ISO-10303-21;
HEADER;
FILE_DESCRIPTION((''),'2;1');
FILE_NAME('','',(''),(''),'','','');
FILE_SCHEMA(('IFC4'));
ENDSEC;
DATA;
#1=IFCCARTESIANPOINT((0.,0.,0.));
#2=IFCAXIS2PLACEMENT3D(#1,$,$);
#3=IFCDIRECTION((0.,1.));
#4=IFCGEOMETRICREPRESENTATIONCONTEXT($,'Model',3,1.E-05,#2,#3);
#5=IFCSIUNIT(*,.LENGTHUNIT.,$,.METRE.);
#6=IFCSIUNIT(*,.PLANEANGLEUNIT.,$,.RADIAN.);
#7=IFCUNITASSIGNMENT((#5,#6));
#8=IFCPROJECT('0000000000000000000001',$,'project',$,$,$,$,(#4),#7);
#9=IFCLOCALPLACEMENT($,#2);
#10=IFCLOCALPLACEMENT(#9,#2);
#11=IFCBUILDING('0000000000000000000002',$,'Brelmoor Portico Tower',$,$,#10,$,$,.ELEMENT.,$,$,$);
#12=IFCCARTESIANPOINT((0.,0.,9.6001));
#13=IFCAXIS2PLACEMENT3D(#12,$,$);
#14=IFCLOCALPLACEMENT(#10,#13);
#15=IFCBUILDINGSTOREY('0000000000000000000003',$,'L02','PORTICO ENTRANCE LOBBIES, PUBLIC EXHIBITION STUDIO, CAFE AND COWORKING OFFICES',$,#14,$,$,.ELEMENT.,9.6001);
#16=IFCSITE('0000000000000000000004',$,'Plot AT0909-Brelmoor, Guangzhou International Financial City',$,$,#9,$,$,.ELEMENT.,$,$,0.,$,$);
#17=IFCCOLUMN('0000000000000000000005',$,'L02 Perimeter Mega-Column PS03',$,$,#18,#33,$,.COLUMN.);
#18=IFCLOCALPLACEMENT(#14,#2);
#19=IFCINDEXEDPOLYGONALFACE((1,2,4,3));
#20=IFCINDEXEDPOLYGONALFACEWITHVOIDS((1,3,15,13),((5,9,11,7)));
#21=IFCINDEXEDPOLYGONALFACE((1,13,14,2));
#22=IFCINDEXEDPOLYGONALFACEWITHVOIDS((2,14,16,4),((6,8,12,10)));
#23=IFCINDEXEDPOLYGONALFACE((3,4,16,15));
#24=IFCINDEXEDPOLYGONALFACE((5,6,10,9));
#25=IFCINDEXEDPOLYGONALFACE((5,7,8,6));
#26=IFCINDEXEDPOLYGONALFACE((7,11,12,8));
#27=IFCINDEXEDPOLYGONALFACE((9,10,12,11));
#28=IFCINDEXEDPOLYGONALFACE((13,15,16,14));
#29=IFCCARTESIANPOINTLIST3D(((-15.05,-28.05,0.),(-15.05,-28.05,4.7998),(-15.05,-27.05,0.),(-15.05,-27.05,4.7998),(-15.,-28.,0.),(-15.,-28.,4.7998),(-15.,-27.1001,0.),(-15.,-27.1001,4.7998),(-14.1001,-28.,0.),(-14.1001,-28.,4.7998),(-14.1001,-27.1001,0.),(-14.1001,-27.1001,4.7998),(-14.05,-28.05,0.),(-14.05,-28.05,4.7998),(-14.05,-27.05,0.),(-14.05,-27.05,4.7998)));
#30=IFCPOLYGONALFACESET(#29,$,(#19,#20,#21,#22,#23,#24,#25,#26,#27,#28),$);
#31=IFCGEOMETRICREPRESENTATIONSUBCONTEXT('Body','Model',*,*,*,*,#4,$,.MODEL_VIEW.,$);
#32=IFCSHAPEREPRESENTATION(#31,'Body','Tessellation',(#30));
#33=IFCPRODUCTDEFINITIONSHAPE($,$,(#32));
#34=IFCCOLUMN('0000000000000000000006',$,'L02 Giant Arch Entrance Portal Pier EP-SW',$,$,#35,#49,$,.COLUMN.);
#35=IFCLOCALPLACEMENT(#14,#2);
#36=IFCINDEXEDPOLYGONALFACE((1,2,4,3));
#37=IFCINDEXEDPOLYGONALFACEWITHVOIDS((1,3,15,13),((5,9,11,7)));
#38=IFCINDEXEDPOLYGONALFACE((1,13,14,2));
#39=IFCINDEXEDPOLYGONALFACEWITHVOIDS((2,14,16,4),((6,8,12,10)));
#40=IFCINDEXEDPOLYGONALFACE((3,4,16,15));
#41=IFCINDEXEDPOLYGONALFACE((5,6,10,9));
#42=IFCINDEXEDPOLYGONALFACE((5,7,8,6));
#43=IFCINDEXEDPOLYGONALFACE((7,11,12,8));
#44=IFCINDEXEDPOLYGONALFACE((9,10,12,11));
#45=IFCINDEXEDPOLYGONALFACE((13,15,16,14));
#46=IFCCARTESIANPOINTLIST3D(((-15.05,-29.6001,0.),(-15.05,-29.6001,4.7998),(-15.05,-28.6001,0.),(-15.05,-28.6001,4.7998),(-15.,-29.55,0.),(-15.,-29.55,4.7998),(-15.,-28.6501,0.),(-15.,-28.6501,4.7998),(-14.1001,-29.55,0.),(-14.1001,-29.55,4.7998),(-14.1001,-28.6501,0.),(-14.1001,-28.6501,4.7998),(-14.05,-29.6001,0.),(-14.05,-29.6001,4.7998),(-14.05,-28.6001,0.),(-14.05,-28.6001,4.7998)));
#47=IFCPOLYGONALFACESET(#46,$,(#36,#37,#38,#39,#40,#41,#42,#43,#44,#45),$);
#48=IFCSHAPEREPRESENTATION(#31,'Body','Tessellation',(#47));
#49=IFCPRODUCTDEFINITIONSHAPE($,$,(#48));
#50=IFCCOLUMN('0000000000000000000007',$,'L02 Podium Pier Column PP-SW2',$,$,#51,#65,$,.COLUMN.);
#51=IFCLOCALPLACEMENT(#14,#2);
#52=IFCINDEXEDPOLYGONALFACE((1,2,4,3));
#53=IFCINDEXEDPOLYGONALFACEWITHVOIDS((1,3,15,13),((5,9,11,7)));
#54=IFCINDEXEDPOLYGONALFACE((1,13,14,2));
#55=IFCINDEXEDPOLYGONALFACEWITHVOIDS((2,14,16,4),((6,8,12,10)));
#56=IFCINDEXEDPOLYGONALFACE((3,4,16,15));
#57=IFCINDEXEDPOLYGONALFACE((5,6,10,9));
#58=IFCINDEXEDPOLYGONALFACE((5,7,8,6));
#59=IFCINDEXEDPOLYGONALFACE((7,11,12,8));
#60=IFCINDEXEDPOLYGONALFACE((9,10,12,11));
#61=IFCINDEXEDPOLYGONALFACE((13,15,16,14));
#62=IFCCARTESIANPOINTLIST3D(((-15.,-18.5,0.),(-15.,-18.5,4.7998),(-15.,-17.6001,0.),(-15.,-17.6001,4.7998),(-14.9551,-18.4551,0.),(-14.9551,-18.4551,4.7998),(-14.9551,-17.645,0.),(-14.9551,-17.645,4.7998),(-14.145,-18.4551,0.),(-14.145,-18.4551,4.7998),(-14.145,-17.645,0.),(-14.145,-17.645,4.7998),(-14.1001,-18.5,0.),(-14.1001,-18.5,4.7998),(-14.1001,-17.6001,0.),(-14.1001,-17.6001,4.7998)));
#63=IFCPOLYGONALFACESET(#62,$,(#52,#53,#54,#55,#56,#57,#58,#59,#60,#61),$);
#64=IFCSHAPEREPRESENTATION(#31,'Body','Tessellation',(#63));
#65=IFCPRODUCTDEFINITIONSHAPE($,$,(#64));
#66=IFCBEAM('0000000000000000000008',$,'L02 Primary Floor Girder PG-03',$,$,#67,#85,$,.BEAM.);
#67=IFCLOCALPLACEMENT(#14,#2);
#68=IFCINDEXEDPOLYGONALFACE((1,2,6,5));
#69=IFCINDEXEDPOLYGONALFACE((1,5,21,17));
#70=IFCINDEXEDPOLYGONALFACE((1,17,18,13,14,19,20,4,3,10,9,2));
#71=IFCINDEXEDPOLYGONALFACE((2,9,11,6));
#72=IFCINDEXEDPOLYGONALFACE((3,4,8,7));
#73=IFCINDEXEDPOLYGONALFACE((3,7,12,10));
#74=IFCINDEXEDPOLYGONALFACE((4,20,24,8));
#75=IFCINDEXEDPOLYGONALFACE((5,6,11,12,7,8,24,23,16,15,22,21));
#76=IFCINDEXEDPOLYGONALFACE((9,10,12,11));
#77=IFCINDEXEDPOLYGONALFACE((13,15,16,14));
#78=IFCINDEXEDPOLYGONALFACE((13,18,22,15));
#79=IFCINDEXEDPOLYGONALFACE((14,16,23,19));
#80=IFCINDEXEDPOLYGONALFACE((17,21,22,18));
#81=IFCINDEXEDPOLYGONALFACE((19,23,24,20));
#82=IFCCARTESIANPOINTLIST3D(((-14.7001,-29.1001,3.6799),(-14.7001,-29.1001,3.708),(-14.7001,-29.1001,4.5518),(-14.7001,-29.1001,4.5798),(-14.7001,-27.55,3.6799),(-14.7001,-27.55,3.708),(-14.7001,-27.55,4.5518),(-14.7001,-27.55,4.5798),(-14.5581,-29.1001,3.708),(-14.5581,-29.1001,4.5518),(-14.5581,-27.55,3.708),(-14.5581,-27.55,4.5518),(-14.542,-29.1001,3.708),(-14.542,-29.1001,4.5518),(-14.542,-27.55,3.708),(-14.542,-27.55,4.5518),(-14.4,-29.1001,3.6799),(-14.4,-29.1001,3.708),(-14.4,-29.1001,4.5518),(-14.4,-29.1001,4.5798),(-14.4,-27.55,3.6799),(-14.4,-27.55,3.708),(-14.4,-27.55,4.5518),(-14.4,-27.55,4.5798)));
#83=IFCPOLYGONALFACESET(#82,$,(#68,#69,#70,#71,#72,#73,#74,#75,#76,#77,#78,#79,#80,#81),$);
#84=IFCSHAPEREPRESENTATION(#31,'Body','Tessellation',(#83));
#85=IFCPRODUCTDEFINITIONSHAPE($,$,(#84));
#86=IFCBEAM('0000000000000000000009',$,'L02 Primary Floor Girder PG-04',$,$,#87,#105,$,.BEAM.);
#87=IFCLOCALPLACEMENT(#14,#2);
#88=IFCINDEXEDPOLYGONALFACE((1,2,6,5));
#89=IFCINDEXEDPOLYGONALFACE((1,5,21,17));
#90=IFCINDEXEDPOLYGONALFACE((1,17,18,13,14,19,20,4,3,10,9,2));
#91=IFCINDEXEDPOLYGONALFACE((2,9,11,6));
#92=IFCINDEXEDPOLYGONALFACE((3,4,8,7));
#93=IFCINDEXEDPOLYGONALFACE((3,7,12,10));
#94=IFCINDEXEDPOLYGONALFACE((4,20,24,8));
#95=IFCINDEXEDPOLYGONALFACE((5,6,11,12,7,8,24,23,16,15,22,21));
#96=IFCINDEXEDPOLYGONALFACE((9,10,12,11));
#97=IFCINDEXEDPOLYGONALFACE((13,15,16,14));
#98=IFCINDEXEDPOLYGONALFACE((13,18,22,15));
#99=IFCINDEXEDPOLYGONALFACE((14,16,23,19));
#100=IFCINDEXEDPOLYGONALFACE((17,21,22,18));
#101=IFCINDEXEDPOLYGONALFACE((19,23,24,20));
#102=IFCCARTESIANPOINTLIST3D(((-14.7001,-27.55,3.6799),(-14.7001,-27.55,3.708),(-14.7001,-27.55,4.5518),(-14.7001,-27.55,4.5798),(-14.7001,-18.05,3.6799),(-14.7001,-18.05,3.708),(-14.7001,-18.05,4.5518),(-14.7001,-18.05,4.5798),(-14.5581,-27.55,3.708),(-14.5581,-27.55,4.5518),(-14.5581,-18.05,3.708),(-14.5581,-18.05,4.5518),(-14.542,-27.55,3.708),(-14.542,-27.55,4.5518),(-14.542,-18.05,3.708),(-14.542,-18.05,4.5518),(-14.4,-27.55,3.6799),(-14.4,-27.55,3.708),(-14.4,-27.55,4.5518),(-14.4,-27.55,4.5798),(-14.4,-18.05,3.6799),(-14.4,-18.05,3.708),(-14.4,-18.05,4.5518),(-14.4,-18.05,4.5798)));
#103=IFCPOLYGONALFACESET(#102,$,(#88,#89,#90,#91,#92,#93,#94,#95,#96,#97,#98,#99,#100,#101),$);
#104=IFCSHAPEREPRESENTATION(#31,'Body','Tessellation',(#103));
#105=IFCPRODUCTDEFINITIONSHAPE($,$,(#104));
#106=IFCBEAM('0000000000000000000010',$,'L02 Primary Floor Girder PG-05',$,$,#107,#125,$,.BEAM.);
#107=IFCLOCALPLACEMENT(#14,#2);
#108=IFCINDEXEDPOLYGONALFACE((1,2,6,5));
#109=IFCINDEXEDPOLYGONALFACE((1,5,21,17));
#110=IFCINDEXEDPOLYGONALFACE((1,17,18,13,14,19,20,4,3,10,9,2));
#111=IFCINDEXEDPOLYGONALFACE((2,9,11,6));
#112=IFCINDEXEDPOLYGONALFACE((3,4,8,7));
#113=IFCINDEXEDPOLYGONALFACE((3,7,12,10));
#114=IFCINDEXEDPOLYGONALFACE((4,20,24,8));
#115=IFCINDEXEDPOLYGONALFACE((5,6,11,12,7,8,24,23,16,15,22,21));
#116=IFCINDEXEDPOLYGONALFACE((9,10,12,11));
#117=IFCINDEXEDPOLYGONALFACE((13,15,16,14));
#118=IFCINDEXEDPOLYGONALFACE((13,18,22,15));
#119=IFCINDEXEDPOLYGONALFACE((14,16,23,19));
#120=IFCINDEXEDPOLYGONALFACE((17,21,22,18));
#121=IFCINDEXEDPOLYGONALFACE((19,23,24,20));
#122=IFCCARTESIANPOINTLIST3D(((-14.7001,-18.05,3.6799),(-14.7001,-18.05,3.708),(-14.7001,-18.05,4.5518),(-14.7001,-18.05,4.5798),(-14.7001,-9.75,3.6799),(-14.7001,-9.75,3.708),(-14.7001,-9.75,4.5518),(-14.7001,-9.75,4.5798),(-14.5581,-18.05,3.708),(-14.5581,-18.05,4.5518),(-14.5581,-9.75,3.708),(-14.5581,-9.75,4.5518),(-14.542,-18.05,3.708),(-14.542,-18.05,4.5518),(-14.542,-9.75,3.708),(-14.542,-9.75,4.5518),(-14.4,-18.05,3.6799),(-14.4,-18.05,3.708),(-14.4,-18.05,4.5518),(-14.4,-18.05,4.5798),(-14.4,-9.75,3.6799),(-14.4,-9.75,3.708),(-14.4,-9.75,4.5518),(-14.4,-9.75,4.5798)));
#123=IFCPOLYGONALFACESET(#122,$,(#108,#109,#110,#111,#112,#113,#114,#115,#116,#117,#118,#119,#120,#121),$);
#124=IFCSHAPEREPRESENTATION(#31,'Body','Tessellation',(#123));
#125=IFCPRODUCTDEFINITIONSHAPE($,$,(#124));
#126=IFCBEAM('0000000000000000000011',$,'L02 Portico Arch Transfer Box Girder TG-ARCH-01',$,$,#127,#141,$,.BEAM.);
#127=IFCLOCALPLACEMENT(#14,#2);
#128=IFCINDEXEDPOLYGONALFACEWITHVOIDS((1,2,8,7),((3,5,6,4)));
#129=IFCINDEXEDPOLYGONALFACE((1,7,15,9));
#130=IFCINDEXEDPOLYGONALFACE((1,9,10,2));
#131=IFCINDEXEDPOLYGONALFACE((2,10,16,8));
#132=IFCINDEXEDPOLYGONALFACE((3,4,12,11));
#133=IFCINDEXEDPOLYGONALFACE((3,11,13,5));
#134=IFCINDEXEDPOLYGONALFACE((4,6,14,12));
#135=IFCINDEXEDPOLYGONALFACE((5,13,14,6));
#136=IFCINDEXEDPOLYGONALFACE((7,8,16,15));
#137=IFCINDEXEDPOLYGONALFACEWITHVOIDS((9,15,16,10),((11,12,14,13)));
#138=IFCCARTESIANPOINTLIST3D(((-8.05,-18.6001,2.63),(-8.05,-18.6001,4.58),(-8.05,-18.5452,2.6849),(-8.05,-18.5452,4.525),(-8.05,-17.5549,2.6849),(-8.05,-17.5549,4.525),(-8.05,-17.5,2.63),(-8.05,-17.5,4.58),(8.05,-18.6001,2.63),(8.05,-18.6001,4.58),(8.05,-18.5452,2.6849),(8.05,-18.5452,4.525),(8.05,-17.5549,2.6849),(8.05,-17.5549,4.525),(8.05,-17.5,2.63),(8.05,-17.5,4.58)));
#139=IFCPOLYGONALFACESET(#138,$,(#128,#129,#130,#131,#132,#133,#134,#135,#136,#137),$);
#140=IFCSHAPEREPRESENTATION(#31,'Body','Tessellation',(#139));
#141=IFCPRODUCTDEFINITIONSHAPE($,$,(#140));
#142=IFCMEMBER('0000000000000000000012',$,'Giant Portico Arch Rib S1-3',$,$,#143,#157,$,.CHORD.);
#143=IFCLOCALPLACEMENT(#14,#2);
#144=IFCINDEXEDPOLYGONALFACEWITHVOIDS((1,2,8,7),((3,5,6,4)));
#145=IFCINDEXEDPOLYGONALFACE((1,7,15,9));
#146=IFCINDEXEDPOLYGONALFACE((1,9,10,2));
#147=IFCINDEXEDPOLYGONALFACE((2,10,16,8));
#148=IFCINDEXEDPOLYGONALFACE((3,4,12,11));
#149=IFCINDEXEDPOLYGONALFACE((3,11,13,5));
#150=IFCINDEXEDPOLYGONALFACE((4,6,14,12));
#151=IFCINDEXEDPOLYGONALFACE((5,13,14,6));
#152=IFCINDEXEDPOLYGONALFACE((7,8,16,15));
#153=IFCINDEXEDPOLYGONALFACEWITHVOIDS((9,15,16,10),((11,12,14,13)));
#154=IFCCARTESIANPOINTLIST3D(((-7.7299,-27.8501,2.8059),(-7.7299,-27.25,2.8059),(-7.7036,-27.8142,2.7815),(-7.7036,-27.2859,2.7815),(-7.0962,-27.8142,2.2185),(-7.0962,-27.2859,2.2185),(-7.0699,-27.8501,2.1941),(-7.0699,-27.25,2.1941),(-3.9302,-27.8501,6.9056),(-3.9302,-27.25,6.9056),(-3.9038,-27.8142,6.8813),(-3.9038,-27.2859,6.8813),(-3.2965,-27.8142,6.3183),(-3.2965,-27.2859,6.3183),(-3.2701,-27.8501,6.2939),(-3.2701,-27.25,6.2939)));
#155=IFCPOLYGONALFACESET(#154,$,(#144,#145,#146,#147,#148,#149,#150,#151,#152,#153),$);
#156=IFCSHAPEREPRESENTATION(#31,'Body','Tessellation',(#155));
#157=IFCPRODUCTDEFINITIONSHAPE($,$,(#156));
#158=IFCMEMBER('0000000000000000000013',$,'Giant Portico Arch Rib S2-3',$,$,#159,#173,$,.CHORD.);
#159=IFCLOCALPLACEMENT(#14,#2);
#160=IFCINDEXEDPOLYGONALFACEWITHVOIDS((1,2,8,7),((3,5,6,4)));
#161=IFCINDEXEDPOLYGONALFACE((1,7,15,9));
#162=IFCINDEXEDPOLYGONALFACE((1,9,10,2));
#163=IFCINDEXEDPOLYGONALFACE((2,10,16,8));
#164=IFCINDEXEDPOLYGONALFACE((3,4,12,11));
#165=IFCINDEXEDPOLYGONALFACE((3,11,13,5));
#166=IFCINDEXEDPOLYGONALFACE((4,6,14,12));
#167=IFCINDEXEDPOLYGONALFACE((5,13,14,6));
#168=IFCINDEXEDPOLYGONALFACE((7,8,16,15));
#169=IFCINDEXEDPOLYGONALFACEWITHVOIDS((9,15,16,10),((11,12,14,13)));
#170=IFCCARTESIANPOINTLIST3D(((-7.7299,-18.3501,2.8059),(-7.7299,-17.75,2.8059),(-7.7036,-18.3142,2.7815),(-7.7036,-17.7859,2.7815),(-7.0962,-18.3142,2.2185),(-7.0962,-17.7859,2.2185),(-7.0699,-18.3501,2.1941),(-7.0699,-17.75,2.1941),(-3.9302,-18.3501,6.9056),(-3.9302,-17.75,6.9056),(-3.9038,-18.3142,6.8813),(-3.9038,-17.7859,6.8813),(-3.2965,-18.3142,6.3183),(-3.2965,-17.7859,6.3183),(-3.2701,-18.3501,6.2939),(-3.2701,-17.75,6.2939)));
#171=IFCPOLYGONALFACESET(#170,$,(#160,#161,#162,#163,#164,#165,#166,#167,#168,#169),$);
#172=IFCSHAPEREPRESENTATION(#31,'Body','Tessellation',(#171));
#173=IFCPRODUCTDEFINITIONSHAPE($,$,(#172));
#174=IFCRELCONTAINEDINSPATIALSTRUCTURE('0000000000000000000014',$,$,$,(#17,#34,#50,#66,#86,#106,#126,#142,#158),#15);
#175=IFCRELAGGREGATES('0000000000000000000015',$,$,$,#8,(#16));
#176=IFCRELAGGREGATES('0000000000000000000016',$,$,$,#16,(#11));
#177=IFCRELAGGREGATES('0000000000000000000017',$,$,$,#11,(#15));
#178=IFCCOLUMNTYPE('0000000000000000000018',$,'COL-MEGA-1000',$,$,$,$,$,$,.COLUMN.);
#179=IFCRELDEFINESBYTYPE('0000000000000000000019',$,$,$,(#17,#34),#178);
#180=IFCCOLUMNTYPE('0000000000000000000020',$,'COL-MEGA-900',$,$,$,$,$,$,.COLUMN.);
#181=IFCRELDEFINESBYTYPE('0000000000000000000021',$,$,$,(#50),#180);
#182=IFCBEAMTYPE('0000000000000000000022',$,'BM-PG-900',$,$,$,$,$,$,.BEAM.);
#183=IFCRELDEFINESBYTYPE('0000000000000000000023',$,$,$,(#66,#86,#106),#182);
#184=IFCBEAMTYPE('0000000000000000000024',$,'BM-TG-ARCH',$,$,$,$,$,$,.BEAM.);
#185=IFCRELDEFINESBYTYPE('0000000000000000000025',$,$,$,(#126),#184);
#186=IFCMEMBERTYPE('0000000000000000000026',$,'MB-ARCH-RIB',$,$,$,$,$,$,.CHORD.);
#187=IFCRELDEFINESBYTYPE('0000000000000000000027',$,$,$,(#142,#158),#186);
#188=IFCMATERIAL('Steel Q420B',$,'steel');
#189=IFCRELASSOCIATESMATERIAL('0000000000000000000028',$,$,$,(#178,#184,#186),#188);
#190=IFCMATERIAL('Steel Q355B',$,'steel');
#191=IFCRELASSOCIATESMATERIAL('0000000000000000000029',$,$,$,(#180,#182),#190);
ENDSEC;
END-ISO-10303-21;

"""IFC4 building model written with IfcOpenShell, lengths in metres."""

from ifc_helpers import new_model, si_unit, direction, frame, origin, origin_2d, place, context, subcontext, project, spatial, hollow_rectangle, i_section, extrude, material, material_profile, profile_set, type_object, element, save


model = new_model("IFC4")

# Units and contexts
model_context = context("Model", 3, precision=1e-05, world=origin(), true_north=direction((0.0, 1.0)))
body_context = subcontext(model_context, "Body", "Model", "MODEL_VIEW")
ifc_project = project(units=[si_unit("LENGTHUNIT", "METRE"), si_unit("PLANEANGLEUNIT", "RADIAN")], contexts=[model_context])

# Site, building, storey
site_placement = place(None, origin())
site = spatial("IfcSite", under=ifc_project, at=site_placement, Name="Plot AT0909-Brelmoor, Guangzhou International Financial City", CompositionType="ELEMENT", RefElevation=0.0)
building_placement = place(site_placement, origin())
building = spatial("IfcBuilding", under=site, at=building_placement, Name="Brelmoor Portico Tower", CompositionType="ELEMENT")
storey_placement = place(building_placement, frame((0.0, 0.0, 9.6001)))
storey = spatial("IfcBuildingStorey", under=building, at=storey_placement, Name="L02", Description="PORTICO ENTRANCE LOBBIES, PUBLIC EXHIBITION STUDIO, CAFE AND COWORKING OFFICES", CompositionType="ELEMENT", Elevation=9.6001)

# Columns
ifc_material_1 = material(Name="Steel Q420B", Category="steel")
ifc_material_profile_1 = material_profile(ifc_material_1, hollow_rectangle(XDim=1.0, YDim=1.0, WallThickness=0.05, at=origin_2d()), Name="BOX 1000x1000x50")
ifc_profile_set_1 = profile_set([ifc_material_profile_1], Name="Steel Q420B")
column_type_1 = type_object("IfcColumnType", Name="COL-MEGA-1000", PredefinedType="COLUMN", material=ifc_profile_set_1)
for number, where, z_axis, x_axis, name in (
    (1, (-14.55, -27.55, 0.0), (0.0, 0.0, 1.0), (1.0, 0.0, 0.0), "L02 Perimeter Mega-Column PS03"),
    (2, (-14.55, -29.1001, 0.0), (0.0, 0.0, 1.0), (1.0, 0.0, 0.0), "L02 Giant Arch Entrance Portal Pier EP-SW"),
):
    element("IfcColumn", number, at=place(storey_placement, frame(where, z_axis=z_axis, x_axis=x_axis)), inside=storey, type_object=column_type_1, Name=name, PredefinedType="COLUMN", context=body_context, shape_type="SweptSolid", body=[
        extrude(hollow_rectangle(XDim=1.0, YDim=1.0, WallThickness=0.05, at=origin_2d()), origin(), (0.0, 0.0, 1.0), 4.7998),
    ])
ifc_material_2 = material(Name="Steel Q355B", Category="steel")
ifc_material_profile_2 = material_profile(ifc_material_2, hollow_rectangle(XDim=0.8999, YDim=0.8999, WallThickness=0.0449, at=origin_2d()), Name="BOX 900x900x45")
ifc_profile_set_2 = profile_set([ifc_material_profile_2], Name="Steel Q355B")
column_type_2 = type_object("IfcColumnType", Name="COL-MEGA-900", PredefinedType="COLUMN", material=ifc_profile_set_2)
column_placement = place(storey_placement, frame((-14.55, -18.05, 0.0), z_axis=(0.0, 0.0, 1.0), x_axis=(1.0, 0.0, 0.0)))
element("IfcColumn", 3, at=column_placement, inside=storey, type_object=column_type_2, Name="L02 Podium Pier Column PP-SW2", PredefinedType="COLUMN", context=body_context, shape_type="SweptSolid", body=[
    extrude(hollow_rectangle(XDim=0.8999, YDim=0.8999, WallThickness=0.0449, at=origin_2d()), origin(), (0.0, 0.0, 1.0), 4.7998),
])

# Beams
ifc_material_profile_3 = material_profile(ifc_material_2, i_section(OverallWidth=0.3, OverallDepth=0.8999, WebThickness=0.0161, FlangeThickness=0.0281, at=origin_2d()), Name="HN 900x300x16x28")
ifc_profile_set_3 = profile_set([ifc_material_profile_3], Name="Steel Q355B")
beam_type_1 = type_object("IfcBeamType", Name="BM-PG-900", PredefinedType="BEAM", material=ifc_profile_set_3)
beam_1_placement = place(storey_placement, frame((-14.55, -29.1001, 4.1299), z_axis=(0.0, 1.0, 0.0), x_axis=(-1.0, 0.0, 0.0)))
element("IfcBeam", 4, at=beam_1_placement, inside=storey, type_object=beam_type_1, Name="L02 Primary Floor Girder PG-03", PredefinedType="BEAM", context=body_context, shape_type="SweptSolid", body=[
    extrude(i_section(OverallWidth=0.3, OverallDepth=0.8999, WebThickness=0.0161, FlangeThickness=0.0281, at=origin_2d()), origin(), (0.0, 0.0, 1.0), 1.55),
])
beam_2_placement = place(storey_placement, frame((-14.55, -27.55, 4.1299), z_axis=(0.0, 1.0, 0.0), x_axis=(-1.0, 0.0, 0.0)))
element("IfcBeam", 5, at=beam_2_placement, inside=storey, type_object=beam_type_1, Name="L02 Primary Floor Girder PG-04", PredefinedType="BEAM", context=body_context, shape_type="SweptSolid", body=[
    extrude(i_section(OverallWidth=0.3, OverallDepth=0.8999, WebThickness=0.0161, FlangeThickness=0.0281, at=origin_2d()), origin(), (0.0, 0.0, 1.0), 9.5),
])
beam_3_placement = place(storey_placement, frame((-14.55, -18.05, 4.1299), z_axis=(0.0, 1.0, 0.0), x_axis=(-1.0, 0.0, 0.0)))
element("IfcBeam", 6, at=beam_3_placement, inside=storey, type_object=beam_type_1, Name="L02 Primary Floor Girder PG-05", PredefinedType="BEAM", context=body_context, shape_type="SweptSolid", body=[
    extrude(i_section(OverallWidth=0.3, OverallDepth=0.8999, WebThickness=0.0161, FlangeThickness=0.0281, at=origin_2d()), origin(), (0.0, 0.0, 1.0), 8.3),
])
ifc_material_profile_4 = material_profile(ifc_material_1, hollow_rectangle(XDim=1.1001, YDim=1.95, WallThickness=0.0549, at=origin_2d()), Name="BOX 1100x1950x55")
ifc_profile_set_4 = profile_set([ifc_material_profile_4], Name="Steel Q420B")
beam_type_2 = type_object("IfcBeamType", Name="BM-TG-ARCH", PredefinedType="BEAM", material=ifc_profile_set_4)
beam_4_placement = place(storey_placement, frame((-8.05, -18.05, 3.605), z_axis=(1.0, 0.0, 0.0), x_axis=(0.0, 1.0, 0.0)))
element("IfcBeam", 7, at=beam_4_placement, inside=storey, type_object=beam_type_2, Name="L02 Portico Arch Transfer Box Girder TG-ARCH-01", PredefinedType="BEAM", context=body_context, shape_type="SweptSolid", body=[
    extrude(hollow_rectangle(XDim=1.1001, YDim=1.95, WallThickness=0.0549, at=origin_2d()), origin(), (0.0, 0.0, 1.0), 16.1001),
])

# Members
ifc_material_profile_5 = material_profile(ifc_material_1, hollow_rectangle(XDim=0.6001, YDim=0.8999, WallThickness=0.0359, at=origin_2d()), Name="RHS 600x900x36")
ifc_profile_set_5 = profile_set([ifc_material_profile_5], Name="Steel Q420B")
member_type_1 = type_object("IfcMemberType", Name="MB-ARCH-RIB", PredefinedType="CHORD", material=ifc_profile_set_5)
for number, where, z_axis, x_axis, name in (
    (8, (-7.3999, -27.55, 2.5), (0.679759, 0.0, 0.733436), (0.0, 1.0, 0.0), "Giant Portico Arch Rib S1-3"),
    (9, (-7.3999, -18.05, 2.5), (0.679759, 0.0, 0.733436), (0.0, 1.0, 0.0), "Giant Portico Arch Rib S2-3"),
):
    element("IfcMember", number, at=place(storey_placement, frame(where, z_axis=z_axis, x_axis=x_axis)), inside=storey, type_object=member_type_1, Name=name, PredefinedType="CHORD", context=body_context, shape_type="SweptSolid", body=[
        extrude(hollow_rectangle(XDim=0.6001, YDim=0.8999, WallThickness=0.0359, at=origin_2d()), origin(), (0.0, 0.0, 1.0), 5.5898),
    ])

save(model, "model.ifc")
